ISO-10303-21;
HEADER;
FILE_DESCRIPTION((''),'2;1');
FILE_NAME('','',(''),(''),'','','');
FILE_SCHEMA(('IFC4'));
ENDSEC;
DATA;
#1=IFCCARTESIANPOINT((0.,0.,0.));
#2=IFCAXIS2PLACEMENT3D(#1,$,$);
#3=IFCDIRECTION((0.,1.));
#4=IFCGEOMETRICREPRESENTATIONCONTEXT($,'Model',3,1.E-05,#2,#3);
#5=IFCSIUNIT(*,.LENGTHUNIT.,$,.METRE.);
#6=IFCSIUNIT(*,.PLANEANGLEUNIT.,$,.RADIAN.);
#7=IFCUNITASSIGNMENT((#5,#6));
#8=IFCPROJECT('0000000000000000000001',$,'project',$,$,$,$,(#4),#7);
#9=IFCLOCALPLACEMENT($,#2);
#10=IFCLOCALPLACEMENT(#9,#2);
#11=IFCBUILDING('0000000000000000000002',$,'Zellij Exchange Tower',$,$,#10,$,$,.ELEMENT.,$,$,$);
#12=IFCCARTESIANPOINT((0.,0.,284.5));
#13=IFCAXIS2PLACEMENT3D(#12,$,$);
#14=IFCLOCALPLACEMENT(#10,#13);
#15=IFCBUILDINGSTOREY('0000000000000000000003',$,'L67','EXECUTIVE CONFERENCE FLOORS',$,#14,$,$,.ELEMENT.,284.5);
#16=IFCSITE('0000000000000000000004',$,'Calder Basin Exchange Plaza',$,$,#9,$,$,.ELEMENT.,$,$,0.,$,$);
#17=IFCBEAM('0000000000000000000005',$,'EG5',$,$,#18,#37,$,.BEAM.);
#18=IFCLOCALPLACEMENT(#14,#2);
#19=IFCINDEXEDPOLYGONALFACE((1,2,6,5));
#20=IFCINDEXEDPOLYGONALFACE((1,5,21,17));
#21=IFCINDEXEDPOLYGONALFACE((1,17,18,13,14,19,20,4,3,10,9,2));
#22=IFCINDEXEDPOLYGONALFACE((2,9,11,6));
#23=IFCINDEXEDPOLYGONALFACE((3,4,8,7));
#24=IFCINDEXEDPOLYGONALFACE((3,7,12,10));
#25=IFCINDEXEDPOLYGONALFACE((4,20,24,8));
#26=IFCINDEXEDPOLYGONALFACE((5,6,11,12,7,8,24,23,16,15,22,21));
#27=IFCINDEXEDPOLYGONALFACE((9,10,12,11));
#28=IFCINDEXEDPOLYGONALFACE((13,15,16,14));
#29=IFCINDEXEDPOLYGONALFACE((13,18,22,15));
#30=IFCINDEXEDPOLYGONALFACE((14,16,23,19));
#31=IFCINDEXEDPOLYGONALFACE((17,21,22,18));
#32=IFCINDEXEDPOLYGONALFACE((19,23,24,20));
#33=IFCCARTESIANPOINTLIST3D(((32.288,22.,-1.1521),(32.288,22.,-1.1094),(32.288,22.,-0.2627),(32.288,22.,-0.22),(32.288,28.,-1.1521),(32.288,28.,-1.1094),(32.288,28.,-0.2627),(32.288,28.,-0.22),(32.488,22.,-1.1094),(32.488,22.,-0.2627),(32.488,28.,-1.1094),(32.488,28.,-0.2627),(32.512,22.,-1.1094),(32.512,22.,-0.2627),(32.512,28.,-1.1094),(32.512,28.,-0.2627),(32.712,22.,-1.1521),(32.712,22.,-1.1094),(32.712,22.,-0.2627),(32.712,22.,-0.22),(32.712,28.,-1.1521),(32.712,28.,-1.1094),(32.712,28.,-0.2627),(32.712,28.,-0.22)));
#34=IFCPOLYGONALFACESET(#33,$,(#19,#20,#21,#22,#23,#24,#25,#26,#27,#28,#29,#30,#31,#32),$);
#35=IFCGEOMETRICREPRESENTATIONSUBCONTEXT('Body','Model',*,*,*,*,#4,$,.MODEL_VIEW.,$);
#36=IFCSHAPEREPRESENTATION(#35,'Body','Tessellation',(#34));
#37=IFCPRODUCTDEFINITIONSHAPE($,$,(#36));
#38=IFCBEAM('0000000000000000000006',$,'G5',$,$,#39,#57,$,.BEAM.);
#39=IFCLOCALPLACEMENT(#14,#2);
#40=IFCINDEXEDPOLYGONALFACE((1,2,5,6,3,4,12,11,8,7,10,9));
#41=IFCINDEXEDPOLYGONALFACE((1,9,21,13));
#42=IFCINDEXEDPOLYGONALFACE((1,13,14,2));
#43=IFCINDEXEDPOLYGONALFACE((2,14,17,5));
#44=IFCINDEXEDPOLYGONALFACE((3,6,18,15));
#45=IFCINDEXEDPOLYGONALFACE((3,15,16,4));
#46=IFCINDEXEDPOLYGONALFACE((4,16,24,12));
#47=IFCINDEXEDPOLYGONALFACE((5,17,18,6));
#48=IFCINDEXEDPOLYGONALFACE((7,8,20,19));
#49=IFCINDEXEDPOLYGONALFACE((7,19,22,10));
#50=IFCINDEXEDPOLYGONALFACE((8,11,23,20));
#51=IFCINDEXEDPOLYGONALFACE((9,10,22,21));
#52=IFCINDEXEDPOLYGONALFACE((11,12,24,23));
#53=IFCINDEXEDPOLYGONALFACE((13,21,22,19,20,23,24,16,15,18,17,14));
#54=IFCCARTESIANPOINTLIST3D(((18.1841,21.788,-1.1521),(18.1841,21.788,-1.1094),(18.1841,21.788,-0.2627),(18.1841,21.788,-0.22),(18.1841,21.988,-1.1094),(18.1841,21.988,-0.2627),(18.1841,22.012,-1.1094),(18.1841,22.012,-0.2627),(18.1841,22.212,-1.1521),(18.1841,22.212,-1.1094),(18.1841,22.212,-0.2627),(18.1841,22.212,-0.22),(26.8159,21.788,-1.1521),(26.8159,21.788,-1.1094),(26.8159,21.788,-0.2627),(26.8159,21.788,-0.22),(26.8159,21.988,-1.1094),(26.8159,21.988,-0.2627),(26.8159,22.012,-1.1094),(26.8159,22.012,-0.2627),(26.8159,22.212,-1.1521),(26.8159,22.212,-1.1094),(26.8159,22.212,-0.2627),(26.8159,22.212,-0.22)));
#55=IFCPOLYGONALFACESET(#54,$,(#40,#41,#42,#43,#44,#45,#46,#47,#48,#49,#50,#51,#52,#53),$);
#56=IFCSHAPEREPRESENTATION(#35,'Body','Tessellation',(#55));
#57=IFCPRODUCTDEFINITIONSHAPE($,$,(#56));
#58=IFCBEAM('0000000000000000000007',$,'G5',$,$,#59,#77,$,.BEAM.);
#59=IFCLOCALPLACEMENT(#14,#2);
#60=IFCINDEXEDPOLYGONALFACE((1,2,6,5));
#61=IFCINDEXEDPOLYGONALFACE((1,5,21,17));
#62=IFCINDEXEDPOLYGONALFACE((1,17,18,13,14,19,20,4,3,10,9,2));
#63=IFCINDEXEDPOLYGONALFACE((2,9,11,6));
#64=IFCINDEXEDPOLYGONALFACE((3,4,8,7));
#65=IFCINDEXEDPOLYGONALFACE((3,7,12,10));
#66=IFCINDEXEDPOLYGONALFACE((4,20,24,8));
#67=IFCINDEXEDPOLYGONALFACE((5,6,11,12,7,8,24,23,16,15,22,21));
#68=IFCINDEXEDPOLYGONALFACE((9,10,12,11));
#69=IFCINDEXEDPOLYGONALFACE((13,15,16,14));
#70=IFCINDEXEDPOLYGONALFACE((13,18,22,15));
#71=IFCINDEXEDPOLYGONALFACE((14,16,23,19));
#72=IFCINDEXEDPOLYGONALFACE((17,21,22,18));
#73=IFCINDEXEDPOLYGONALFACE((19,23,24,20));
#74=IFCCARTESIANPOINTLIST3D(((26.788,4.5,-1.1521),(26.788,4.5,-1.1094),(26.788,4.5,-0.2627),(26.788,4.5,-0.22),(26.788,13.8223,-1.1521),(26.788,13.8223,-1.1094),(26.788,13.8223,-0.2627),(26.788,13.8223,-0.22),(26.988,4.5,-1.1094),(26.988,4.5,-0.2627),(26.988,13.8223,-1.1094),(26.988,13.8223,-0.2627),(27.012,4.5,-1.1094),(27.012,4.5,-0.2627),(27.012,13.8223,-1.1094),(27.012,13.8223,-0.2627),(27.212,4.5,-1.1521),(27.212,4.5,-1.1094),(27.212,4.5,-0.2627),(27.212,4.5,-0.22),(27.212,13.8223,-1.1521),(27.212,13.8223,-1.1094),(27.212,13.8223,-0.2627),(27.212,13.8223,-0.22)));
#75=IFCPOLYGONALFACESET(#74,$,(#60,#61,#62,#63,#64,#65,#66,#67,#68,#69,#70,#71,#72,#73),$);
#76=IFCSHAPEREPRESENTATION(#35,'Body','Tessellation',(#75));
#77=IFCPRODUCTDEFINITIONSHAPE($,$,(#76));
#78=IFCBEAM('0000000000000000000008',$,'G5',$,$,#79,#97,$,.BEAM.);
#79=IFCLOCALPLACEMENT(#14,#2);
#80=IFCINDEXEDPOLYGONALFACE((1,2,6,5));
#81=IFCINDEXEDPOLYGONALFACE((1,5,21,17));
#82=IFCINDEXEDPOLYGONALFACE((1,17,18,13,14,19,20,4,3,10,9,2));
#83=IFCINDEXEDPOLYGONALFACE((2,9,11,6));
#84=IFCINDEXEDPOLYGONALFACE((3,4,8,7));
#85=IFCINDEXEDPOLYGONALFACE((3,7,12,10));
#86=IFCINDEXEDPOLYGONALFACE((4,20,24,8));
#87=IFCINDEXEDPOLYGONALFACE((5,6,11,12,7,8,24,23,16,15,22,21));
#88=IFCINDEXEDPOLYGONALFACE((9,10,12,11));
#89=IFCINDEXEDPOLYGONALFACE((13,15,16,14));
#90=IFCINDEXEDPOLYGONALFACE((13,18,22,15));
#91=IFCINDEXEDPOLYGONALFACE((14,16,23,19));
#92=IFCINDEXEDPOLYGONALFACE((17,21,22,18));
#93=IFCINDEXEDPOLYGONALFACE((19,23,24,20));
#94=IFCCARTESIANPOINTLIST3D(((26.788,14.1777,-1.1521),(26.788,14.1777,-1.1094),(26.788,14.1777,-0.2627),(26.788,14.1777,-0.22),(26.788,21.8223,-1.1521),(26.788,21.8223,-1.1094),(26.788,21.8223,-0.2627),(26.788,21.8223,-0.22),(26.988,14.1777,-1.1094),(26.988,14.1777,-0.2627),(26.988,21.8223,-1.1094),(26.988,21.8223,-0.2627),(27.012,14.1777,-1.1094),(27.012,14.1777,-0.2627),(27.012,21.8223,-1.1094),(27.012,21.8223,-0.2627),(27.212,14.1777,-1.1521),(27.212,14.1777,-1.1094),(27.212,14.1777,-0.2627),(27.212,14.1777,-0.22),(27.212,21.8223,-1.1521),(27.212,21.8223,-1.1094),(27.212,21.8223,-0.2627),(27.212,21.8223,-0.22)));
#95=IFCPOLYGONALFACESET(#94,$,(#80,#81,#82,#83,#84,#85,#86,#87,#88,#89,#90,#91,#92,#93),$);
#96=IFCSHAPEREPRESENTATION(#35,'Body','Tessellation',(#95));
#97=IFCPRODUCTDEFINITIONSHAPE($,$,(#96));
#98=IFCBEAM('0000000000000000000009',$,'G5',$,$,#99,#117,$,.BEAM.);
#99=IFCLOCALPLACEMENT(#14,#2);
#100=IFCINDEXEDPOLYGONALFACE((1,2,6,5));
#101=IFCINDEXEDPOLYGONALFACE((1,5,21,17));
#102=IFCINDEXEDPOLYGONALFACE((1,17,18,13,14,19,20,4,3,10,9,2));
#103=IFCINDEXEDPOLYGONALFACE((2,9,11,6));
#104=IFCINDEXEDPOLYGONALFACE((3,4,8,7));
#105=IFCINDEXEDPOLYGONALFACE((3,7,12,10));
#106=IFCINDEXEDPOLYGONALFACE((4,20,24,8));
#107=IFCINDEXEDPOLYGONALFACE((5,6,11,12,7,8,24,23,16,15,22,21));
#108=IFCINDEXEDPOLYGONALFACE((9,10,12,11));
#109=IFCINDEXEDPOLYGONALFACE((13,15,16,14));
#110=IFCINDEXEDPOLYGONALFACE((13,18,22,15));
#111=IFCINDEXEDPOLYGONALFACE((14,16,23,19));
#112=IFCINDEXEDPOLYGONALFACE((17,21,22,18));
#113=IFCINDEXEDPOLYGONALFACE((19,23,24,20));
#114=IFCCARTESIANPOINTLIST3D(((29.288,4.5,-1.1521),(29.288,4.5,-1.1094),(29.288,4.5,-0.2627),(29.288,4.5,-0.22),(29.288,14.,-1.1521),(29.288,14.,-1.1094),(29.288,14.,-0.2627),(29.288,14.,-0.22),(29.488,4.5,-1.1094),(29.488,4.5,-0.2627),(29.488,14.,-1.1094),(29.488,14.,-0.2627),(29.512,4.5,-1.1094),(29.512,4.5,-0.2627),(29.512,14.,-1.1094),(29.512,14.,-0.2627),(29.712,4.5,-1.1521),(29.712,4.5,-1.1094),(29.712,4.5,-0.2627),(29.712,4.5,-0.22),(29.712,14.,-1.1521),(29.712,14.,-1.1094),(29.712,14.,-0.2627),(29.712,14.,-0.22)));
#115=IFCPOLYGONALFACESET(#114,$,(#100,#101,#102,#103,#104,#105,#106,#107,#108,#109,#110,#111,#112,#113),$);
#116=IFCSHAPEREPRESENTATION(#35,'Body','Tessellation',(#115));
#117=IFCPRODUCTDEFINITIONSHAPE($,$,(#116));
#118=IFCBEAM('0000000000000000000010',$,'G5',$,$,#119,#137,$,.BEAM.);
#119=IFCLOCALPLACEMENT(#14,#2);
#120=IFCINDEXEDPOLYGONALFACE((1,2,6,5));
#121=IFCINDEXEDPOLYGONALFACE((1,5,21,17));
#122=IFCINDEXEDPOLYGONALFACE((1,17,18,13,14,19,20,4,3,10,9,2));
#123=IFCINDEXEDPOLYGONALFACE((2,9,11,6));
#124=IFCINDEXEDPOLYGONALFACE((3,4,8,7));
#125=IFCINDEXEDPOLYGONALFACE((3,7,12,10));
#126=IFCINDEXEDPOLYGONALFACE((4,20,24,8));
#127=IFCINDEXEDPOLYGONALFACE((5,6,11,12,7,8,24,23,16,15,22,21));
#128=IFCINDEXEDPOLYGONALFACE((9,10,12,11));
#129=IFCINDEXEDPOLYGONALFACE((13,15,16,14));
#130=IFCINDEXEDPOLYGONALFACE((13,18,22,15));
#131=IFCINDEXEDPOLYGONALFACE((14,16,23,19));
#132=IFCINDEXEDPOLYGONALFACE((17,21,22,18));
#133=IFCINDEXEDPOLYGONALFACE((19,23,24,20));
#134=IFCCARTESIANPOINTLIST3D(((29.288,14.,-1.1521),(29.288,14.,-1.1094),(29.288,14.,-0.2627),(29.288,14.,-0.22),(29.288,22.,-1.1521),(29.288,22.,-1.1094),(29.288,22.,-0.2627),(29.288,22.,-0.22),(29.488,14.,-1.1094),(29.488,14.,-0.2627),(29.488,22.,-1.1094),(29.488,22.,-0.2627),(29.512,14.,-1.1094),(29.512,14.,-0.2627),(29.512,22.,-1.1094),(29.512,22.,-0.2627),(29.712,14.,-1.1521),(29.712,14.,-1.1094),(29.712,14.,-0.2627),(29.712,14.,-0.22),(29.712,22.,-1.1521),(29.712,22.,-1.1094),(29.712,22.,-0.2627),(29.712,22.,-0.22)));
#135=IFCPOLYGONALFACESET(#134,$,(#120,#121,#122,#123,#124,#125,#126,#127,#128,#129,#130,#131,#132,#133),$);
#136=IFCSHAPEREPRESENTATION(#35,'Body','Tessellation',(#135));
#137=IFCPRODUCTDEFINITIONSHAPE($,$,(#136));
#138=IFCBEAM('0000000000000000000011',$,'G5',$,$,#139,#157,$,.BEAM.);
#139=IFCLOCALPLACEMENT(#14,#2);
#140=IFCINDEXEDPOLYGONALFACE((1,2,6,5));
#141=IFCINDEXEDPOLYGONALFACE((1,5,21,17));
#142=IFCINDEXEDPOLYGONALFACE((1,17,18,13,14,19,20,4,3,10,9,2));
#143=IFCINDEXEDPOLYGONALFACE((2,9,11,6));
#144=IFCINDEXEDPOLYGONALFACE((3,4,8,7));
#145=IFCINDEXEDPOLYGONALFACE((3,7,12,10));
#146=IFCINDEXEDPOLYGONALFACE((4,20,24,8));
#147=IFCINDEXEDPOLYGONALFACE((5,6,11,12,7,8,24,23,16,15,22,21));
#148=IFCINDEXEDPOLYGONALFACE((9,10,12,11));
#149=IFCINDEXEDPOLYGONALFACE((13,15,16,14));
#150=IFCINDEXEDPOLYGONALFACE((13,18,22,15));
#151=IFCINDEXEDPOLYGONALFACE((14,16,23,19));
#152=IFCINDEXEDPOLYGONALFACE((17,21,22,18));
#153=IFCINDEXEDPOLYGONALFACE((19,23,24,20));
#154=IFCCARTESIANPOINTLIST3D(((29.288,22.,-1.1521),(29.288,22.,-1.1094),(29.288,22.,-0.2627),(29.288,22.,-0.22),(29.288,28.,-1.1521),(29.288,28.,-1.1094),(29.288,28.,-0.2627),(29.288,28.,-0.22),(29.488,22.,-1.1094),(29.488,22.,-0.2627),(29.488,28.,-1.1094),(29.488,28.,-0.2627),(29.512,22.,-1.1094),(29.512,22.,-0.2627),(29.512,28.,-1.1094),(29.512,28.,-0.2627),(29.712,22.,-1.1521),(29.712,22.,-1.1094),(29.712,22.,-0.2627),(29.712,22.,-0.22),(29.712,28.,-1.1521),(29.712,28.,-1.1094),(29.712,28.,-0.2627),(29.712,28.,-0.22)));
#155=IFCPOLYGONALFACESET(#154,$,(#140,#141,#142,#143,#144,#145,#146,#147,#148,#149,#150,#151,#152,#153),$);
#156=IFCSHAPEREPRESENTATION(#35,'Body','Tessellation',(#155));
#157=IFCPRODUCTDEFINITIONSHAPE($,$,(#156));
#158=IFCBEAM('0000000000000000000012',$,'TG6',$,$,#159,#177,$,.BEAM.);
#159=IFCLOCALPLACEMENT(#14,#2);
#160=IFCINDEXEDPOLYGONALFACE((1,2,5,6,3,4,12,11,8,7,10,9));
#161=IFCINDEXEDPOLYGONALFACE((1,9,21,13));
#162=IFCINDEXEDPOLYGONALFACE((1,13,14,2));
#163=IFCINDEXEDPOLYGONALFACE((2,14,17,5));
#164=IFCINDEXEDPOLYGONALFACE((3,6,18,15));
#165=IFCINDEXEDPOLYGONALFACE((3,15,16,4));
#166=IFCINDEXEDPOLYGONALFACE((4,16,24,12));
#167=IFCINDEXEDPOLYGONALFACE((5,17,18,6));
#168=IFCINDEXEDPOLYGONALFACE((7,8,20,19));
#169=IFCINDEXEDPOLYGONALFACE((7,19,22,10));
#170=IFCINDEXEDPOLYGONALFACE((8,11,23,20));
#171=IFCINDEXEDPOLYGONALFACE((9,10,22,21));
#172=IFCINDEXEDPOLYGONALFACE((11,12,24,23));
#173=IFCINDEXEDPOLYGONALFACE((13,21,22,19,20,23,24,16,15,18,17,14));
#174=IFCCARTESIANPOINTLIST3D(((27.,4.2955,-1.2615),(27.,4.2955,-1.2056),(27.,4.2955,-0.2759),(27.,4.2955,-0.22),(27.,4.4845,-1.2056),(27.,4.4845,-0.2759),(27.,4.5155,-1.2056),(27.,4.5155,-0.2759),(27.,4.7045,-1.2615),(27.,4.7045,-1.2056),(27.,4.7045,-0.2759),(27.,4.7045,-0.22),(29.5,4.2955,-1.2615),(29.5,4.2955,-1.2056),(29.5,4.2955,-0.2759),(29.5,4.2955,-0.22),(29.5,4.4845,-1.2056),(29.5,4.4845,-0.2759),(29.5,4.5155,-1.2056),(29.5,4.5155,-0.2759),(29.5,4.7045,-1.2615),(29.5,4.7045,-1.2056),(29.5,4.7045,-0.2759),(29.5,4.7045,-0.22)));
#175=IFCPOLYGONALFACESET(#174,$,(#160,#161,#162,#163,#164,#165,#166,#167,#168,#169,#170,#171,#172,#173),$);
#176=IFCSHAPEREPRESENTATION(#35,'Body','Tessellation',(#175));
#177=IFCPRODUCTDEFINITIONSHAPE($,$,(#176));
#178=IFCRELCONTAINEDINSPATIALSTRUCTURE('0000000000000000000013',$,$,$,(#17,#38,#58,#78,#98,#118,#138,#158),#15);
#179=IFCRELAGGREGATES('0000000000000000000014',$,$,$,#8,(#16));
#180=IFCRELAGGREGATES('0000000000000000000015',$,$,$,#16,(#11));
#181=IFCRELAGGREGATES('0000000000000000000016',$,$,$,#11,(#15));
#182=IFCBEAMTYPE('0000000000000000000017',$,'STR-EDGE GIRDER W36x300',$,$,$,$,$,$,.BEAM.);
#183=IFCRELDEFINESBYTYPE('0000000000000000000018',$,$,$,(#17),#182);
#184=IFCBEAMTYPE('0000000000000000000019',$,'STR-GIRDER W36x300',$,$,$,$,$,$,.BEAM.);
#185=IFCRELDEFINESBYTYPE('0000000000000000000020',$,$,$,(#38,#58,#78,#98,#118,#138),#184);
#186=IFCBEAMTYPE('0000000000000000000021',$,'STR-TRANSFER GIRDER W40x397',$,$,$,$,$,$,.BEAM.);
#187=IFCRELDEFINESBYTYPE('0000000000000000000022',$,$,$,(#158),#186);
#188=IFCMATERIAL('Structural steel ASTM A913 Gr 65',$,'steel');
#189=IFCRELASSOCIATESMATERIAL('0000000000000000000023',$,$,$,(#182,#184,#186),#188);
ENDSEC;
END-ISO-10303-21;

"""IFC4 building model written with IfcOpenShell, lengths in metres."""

from ifc_helpers import new_model, si_unit, direction, frame, origin, origin_2d, place, context, subcontext, project, spatial, i_section, extrude, material, material_profile, profile_set, type_object, element, save


model = new_model("IFC4")

# Units and contexts
model_context = context("Model", 3, precision=1e-05, world=origin(), true_north=direction((0.0, 1.0)))
body_context = subcontext(model_context, "Body", "Model", "MODEL_VIEW")
ifc_project = project(units=[si_unit("LENGTHUNIT", "METRE"), si_unit("PLANEANGLEUNIT", "RADIAN")], contexts=[model_context])

# Site, building, storey
site_placement = place(None, origin())
site = spatial("IfcSite", under=ifc_project, at=site_placement, Name="Calder Basin Exchange Plaza", CompositionType="ELEMENT", RefElevation=0.0)
building_placement = place(site_placement, origin())
building = spatial("IfcBuilding", under=site, at=building_placement, Name="Zellij Exchange Tower", CompositionType="ELEMENT")
storey_placement = place(building_placement, frame((0.0, 0.0, 284.5)))
storey = spatial("IfcBuildingStorey", under=building, at=storey_placement, Name="L67", Description="EXECUTIVE CONFERENCE FLOORS", CompositionType="ELEMENT", Elevation=284.5)

# Beams
ifc_material_1 = material(Name="Structural steel ASTM A913 Gr 65", Category="steel")
ifc_material_profile_1 = material_profile(ifc_material_1, i_section(OverallWidth=0.4241, OverallDepth=0.9321, WebThickness=0.0239, FlangeThickness=0.0427, at=origin_2d()), Name="W36x300")
ifc_profile_set_1 = profile_set([ifc_material_profile_1], Name="Structural steel ASTM A913 Gr 65")
beam_type_1 = type_object("IfcBeamType", Name="STR-EDGE GIRDER W36x300", PredefinedType="BEAM", material=ifc_profile_set_1)
beam_1_placement = place(storey_placement, frame((32.5, 22.0, -0.686), z_axis=(0.0, 1.0, 0.0), x_axis=(-1.0, 0.0, 0.0)))
element("IfcBeam", 1, at=beam_1_placement, inside=storey, type_object=beam_type_1, Name="EG5", PredefinedType="BEAM", context=body_context, shape_type="SweptSolid", body=[
    extrude(i_section(OverallWidth=0.4241, OverallDepth=0.9321, WebThickness=0.0239, FlangeThickness=0.0427, at=origin_2d()), origin(), (0.0, 0.0, 1.0), 6.0),
])
ifc_material_profile_2 = material_profile(ifc_material_1, i_section(OverallWidth=0.4241, OverallDepth=0.9321, WebThickness=0.0239, FlangeThickness=0.0427, at=origin_2d()), Name="W36x300")
ifc_profile_set_2 = profile_set([ifc_material_profile_2], Name="Structural steel ASTM A913 Gr 65")
beam_type_2 = type_object("IfcBeamType", Name="STR-GIRDER W36x300", PredefinedType="BEAM", material=ifc_profile_set_2)
beam_2_placement = place(storey_placement, frame((18.1841, 22.0, -0.686), z_axis=(1.0, 0.0, 0.0), x_axis=(0.0, 1.0, 0.0)))
element("IfcBeam", 2, at=beam_2_placement, inside=storey, type_object=beam_type_2, Name="G5", PredefinedType="BEAM", context=body_context, shape_type="SweptSolid", body=[
    extrude(i_section(OverallWidth=0.4241, OverallDepth=0.9321, WebThickness=0.0239, FlangeThickness=0.0427, at=origin_2d()), origin(), (0.0, 0.0, 1.0), 8.6318),
])
beam_3_placement = place(storey_placement, frame((27.0, 4.5, -0.686), z_axis=(0.0, 1.0, 0.0), x_axis=(-1.0, 0.0, 0.0)))
element("IfcBeam", 3, at=beam_3_placement, inside=storey, type_object=beam_type_2, Name="G5", PredefinedType="BEAM", context=body_context, shape_type="SweptSolid", body=[
    extrude(i_section(OverallWidth=0.4241, OverallDepth=0.9321, WebThickness=0.0239, FlangeThickness=0.0427, at=origin_2d()), origin(), (0.0, 0.0, 1.0), 9.3223),
])
beam_4_placement = place(storey_placement, frame((27.0, 14.1777, -0.686), z_axis=(0.0, 1.0, 0.0), x_axis=(-1.0, 0.0, 0.0)))
element("IfcBeam", 4, at=beam_4_placement, inside=storey, type_object=beam_type_2, Name="G5", PredefinedType="BEAM", context=body_context, shape_type="SweptSolid", body=[
    extrude(i_section(OverallWidth=0.4241, OverallDepth=0.9321, WebThickness=0.0239, FlangeThickness=0.0427, at=origin_2d()), origin(), (0.0, 0.0, 1.0), 7.6445),
])
beam_5_placement = place(storey_placement, frame((29.5, 4.5, -0.686), z_axis=(0.0, 1.0, 0.0), x_axis=(-1.0, 0.0, 0.0)))
element("IfcBeam", 5, at=beam_5_placement, inside=storey, type_object=beam_type_2, Name="G5", PredefinedType="BEAM", context=body_context, shape_type="SweptSolid", body=[
    extrude(i_section(OverallWidth=0.4241, OverallDepth=0.9321, WebThickness=0.0239, FlangeThickness=0.0427, at=origin_2d()), origin(), (0.0, 0.0, 1.0), 9.5),
])
beam_6_placement = place(storey_placement, frame((29.5, 14.0, -0.686), z_axis=(0.0, 1.0, 0.0), x_axis=(-1.0, 0.0, 0.0)))
element("IfcBeam", 6, at=beam_6_placement, inside=storey, type_object=beam_type_2, Name="G5", PredefinedType="BEAM", context=body_context, shape_type="SweptSolid", body=[
    extrude(i_section(OverallWidth=0.4241, OverallDepth=0.9321, WebThickness=0.0239, FlangeThickness=0.0427, at=origin_2d()), origin(), (0.0, 0.0, 1.0), 8.0),
])
beam_7_placement = place(storey_placement, frame((29.5, 22.0, -0.686), z_axis=(0.0, 1.0, 0.0), x_axis=(-1.0, 0.0, 0.0)))
element("IfcBeam", 7, at=beam_7_placement, inside=storey, type_object=beam_type_2, Name="G5", PredefinedType="BEAM", context=body_context, shape_type="SweptSolid", body=[
    extrude(i_section(OverallWidth=0.4241, OverallDepth=0.9321, WebThickness=0.0239, FlangeThickness=0.0427, at=origin_2d()), origin(), (0.0, 0.0, 1.0), 6.0),
])
ifc_material_profile_3 = material_profile(ifc_material_1, i_section(OverallWidth=0.4089, OverallDepth=1.0415, WebThickness=0.031, FlangeThickness=0.0559, at=origin_2d()), Name="W40x397")
ifc_profile_set_3 = profile_set([ifc_material_profile_3], Name="Structural steel ASTM A913 Gr 65")
beam_type_3 = type_object("IfcBeamType", Name="STR-TRANSFER GIRDER W40x397", PredefinedType="BEAM", material=ifc_profile_set_3)
beam_8_placement = place(storey_placement, frame((27.0, 4.5, -0.7407), z_axis=(1.0, 0.0, 0.0), x_axis=(0.0, 1.0, 0.0)))
element("IfcBeam", 8, at=beam_8_placement, inside=storey, type_object=beam_type_3, Name="TG6", PredefinedType="BEAM", context=body_context, shape_type="SweptSolid", body=[
    extrude(i_section(OverallWidth=0.4089, OverallDepth=1.0415, WebThickness=0.031, FlangeThickness=0.0559, at=origin_2d()), origin(), (0.0, 0.0, 1.0), 2.5),
])

save(model, "model.ifc")
